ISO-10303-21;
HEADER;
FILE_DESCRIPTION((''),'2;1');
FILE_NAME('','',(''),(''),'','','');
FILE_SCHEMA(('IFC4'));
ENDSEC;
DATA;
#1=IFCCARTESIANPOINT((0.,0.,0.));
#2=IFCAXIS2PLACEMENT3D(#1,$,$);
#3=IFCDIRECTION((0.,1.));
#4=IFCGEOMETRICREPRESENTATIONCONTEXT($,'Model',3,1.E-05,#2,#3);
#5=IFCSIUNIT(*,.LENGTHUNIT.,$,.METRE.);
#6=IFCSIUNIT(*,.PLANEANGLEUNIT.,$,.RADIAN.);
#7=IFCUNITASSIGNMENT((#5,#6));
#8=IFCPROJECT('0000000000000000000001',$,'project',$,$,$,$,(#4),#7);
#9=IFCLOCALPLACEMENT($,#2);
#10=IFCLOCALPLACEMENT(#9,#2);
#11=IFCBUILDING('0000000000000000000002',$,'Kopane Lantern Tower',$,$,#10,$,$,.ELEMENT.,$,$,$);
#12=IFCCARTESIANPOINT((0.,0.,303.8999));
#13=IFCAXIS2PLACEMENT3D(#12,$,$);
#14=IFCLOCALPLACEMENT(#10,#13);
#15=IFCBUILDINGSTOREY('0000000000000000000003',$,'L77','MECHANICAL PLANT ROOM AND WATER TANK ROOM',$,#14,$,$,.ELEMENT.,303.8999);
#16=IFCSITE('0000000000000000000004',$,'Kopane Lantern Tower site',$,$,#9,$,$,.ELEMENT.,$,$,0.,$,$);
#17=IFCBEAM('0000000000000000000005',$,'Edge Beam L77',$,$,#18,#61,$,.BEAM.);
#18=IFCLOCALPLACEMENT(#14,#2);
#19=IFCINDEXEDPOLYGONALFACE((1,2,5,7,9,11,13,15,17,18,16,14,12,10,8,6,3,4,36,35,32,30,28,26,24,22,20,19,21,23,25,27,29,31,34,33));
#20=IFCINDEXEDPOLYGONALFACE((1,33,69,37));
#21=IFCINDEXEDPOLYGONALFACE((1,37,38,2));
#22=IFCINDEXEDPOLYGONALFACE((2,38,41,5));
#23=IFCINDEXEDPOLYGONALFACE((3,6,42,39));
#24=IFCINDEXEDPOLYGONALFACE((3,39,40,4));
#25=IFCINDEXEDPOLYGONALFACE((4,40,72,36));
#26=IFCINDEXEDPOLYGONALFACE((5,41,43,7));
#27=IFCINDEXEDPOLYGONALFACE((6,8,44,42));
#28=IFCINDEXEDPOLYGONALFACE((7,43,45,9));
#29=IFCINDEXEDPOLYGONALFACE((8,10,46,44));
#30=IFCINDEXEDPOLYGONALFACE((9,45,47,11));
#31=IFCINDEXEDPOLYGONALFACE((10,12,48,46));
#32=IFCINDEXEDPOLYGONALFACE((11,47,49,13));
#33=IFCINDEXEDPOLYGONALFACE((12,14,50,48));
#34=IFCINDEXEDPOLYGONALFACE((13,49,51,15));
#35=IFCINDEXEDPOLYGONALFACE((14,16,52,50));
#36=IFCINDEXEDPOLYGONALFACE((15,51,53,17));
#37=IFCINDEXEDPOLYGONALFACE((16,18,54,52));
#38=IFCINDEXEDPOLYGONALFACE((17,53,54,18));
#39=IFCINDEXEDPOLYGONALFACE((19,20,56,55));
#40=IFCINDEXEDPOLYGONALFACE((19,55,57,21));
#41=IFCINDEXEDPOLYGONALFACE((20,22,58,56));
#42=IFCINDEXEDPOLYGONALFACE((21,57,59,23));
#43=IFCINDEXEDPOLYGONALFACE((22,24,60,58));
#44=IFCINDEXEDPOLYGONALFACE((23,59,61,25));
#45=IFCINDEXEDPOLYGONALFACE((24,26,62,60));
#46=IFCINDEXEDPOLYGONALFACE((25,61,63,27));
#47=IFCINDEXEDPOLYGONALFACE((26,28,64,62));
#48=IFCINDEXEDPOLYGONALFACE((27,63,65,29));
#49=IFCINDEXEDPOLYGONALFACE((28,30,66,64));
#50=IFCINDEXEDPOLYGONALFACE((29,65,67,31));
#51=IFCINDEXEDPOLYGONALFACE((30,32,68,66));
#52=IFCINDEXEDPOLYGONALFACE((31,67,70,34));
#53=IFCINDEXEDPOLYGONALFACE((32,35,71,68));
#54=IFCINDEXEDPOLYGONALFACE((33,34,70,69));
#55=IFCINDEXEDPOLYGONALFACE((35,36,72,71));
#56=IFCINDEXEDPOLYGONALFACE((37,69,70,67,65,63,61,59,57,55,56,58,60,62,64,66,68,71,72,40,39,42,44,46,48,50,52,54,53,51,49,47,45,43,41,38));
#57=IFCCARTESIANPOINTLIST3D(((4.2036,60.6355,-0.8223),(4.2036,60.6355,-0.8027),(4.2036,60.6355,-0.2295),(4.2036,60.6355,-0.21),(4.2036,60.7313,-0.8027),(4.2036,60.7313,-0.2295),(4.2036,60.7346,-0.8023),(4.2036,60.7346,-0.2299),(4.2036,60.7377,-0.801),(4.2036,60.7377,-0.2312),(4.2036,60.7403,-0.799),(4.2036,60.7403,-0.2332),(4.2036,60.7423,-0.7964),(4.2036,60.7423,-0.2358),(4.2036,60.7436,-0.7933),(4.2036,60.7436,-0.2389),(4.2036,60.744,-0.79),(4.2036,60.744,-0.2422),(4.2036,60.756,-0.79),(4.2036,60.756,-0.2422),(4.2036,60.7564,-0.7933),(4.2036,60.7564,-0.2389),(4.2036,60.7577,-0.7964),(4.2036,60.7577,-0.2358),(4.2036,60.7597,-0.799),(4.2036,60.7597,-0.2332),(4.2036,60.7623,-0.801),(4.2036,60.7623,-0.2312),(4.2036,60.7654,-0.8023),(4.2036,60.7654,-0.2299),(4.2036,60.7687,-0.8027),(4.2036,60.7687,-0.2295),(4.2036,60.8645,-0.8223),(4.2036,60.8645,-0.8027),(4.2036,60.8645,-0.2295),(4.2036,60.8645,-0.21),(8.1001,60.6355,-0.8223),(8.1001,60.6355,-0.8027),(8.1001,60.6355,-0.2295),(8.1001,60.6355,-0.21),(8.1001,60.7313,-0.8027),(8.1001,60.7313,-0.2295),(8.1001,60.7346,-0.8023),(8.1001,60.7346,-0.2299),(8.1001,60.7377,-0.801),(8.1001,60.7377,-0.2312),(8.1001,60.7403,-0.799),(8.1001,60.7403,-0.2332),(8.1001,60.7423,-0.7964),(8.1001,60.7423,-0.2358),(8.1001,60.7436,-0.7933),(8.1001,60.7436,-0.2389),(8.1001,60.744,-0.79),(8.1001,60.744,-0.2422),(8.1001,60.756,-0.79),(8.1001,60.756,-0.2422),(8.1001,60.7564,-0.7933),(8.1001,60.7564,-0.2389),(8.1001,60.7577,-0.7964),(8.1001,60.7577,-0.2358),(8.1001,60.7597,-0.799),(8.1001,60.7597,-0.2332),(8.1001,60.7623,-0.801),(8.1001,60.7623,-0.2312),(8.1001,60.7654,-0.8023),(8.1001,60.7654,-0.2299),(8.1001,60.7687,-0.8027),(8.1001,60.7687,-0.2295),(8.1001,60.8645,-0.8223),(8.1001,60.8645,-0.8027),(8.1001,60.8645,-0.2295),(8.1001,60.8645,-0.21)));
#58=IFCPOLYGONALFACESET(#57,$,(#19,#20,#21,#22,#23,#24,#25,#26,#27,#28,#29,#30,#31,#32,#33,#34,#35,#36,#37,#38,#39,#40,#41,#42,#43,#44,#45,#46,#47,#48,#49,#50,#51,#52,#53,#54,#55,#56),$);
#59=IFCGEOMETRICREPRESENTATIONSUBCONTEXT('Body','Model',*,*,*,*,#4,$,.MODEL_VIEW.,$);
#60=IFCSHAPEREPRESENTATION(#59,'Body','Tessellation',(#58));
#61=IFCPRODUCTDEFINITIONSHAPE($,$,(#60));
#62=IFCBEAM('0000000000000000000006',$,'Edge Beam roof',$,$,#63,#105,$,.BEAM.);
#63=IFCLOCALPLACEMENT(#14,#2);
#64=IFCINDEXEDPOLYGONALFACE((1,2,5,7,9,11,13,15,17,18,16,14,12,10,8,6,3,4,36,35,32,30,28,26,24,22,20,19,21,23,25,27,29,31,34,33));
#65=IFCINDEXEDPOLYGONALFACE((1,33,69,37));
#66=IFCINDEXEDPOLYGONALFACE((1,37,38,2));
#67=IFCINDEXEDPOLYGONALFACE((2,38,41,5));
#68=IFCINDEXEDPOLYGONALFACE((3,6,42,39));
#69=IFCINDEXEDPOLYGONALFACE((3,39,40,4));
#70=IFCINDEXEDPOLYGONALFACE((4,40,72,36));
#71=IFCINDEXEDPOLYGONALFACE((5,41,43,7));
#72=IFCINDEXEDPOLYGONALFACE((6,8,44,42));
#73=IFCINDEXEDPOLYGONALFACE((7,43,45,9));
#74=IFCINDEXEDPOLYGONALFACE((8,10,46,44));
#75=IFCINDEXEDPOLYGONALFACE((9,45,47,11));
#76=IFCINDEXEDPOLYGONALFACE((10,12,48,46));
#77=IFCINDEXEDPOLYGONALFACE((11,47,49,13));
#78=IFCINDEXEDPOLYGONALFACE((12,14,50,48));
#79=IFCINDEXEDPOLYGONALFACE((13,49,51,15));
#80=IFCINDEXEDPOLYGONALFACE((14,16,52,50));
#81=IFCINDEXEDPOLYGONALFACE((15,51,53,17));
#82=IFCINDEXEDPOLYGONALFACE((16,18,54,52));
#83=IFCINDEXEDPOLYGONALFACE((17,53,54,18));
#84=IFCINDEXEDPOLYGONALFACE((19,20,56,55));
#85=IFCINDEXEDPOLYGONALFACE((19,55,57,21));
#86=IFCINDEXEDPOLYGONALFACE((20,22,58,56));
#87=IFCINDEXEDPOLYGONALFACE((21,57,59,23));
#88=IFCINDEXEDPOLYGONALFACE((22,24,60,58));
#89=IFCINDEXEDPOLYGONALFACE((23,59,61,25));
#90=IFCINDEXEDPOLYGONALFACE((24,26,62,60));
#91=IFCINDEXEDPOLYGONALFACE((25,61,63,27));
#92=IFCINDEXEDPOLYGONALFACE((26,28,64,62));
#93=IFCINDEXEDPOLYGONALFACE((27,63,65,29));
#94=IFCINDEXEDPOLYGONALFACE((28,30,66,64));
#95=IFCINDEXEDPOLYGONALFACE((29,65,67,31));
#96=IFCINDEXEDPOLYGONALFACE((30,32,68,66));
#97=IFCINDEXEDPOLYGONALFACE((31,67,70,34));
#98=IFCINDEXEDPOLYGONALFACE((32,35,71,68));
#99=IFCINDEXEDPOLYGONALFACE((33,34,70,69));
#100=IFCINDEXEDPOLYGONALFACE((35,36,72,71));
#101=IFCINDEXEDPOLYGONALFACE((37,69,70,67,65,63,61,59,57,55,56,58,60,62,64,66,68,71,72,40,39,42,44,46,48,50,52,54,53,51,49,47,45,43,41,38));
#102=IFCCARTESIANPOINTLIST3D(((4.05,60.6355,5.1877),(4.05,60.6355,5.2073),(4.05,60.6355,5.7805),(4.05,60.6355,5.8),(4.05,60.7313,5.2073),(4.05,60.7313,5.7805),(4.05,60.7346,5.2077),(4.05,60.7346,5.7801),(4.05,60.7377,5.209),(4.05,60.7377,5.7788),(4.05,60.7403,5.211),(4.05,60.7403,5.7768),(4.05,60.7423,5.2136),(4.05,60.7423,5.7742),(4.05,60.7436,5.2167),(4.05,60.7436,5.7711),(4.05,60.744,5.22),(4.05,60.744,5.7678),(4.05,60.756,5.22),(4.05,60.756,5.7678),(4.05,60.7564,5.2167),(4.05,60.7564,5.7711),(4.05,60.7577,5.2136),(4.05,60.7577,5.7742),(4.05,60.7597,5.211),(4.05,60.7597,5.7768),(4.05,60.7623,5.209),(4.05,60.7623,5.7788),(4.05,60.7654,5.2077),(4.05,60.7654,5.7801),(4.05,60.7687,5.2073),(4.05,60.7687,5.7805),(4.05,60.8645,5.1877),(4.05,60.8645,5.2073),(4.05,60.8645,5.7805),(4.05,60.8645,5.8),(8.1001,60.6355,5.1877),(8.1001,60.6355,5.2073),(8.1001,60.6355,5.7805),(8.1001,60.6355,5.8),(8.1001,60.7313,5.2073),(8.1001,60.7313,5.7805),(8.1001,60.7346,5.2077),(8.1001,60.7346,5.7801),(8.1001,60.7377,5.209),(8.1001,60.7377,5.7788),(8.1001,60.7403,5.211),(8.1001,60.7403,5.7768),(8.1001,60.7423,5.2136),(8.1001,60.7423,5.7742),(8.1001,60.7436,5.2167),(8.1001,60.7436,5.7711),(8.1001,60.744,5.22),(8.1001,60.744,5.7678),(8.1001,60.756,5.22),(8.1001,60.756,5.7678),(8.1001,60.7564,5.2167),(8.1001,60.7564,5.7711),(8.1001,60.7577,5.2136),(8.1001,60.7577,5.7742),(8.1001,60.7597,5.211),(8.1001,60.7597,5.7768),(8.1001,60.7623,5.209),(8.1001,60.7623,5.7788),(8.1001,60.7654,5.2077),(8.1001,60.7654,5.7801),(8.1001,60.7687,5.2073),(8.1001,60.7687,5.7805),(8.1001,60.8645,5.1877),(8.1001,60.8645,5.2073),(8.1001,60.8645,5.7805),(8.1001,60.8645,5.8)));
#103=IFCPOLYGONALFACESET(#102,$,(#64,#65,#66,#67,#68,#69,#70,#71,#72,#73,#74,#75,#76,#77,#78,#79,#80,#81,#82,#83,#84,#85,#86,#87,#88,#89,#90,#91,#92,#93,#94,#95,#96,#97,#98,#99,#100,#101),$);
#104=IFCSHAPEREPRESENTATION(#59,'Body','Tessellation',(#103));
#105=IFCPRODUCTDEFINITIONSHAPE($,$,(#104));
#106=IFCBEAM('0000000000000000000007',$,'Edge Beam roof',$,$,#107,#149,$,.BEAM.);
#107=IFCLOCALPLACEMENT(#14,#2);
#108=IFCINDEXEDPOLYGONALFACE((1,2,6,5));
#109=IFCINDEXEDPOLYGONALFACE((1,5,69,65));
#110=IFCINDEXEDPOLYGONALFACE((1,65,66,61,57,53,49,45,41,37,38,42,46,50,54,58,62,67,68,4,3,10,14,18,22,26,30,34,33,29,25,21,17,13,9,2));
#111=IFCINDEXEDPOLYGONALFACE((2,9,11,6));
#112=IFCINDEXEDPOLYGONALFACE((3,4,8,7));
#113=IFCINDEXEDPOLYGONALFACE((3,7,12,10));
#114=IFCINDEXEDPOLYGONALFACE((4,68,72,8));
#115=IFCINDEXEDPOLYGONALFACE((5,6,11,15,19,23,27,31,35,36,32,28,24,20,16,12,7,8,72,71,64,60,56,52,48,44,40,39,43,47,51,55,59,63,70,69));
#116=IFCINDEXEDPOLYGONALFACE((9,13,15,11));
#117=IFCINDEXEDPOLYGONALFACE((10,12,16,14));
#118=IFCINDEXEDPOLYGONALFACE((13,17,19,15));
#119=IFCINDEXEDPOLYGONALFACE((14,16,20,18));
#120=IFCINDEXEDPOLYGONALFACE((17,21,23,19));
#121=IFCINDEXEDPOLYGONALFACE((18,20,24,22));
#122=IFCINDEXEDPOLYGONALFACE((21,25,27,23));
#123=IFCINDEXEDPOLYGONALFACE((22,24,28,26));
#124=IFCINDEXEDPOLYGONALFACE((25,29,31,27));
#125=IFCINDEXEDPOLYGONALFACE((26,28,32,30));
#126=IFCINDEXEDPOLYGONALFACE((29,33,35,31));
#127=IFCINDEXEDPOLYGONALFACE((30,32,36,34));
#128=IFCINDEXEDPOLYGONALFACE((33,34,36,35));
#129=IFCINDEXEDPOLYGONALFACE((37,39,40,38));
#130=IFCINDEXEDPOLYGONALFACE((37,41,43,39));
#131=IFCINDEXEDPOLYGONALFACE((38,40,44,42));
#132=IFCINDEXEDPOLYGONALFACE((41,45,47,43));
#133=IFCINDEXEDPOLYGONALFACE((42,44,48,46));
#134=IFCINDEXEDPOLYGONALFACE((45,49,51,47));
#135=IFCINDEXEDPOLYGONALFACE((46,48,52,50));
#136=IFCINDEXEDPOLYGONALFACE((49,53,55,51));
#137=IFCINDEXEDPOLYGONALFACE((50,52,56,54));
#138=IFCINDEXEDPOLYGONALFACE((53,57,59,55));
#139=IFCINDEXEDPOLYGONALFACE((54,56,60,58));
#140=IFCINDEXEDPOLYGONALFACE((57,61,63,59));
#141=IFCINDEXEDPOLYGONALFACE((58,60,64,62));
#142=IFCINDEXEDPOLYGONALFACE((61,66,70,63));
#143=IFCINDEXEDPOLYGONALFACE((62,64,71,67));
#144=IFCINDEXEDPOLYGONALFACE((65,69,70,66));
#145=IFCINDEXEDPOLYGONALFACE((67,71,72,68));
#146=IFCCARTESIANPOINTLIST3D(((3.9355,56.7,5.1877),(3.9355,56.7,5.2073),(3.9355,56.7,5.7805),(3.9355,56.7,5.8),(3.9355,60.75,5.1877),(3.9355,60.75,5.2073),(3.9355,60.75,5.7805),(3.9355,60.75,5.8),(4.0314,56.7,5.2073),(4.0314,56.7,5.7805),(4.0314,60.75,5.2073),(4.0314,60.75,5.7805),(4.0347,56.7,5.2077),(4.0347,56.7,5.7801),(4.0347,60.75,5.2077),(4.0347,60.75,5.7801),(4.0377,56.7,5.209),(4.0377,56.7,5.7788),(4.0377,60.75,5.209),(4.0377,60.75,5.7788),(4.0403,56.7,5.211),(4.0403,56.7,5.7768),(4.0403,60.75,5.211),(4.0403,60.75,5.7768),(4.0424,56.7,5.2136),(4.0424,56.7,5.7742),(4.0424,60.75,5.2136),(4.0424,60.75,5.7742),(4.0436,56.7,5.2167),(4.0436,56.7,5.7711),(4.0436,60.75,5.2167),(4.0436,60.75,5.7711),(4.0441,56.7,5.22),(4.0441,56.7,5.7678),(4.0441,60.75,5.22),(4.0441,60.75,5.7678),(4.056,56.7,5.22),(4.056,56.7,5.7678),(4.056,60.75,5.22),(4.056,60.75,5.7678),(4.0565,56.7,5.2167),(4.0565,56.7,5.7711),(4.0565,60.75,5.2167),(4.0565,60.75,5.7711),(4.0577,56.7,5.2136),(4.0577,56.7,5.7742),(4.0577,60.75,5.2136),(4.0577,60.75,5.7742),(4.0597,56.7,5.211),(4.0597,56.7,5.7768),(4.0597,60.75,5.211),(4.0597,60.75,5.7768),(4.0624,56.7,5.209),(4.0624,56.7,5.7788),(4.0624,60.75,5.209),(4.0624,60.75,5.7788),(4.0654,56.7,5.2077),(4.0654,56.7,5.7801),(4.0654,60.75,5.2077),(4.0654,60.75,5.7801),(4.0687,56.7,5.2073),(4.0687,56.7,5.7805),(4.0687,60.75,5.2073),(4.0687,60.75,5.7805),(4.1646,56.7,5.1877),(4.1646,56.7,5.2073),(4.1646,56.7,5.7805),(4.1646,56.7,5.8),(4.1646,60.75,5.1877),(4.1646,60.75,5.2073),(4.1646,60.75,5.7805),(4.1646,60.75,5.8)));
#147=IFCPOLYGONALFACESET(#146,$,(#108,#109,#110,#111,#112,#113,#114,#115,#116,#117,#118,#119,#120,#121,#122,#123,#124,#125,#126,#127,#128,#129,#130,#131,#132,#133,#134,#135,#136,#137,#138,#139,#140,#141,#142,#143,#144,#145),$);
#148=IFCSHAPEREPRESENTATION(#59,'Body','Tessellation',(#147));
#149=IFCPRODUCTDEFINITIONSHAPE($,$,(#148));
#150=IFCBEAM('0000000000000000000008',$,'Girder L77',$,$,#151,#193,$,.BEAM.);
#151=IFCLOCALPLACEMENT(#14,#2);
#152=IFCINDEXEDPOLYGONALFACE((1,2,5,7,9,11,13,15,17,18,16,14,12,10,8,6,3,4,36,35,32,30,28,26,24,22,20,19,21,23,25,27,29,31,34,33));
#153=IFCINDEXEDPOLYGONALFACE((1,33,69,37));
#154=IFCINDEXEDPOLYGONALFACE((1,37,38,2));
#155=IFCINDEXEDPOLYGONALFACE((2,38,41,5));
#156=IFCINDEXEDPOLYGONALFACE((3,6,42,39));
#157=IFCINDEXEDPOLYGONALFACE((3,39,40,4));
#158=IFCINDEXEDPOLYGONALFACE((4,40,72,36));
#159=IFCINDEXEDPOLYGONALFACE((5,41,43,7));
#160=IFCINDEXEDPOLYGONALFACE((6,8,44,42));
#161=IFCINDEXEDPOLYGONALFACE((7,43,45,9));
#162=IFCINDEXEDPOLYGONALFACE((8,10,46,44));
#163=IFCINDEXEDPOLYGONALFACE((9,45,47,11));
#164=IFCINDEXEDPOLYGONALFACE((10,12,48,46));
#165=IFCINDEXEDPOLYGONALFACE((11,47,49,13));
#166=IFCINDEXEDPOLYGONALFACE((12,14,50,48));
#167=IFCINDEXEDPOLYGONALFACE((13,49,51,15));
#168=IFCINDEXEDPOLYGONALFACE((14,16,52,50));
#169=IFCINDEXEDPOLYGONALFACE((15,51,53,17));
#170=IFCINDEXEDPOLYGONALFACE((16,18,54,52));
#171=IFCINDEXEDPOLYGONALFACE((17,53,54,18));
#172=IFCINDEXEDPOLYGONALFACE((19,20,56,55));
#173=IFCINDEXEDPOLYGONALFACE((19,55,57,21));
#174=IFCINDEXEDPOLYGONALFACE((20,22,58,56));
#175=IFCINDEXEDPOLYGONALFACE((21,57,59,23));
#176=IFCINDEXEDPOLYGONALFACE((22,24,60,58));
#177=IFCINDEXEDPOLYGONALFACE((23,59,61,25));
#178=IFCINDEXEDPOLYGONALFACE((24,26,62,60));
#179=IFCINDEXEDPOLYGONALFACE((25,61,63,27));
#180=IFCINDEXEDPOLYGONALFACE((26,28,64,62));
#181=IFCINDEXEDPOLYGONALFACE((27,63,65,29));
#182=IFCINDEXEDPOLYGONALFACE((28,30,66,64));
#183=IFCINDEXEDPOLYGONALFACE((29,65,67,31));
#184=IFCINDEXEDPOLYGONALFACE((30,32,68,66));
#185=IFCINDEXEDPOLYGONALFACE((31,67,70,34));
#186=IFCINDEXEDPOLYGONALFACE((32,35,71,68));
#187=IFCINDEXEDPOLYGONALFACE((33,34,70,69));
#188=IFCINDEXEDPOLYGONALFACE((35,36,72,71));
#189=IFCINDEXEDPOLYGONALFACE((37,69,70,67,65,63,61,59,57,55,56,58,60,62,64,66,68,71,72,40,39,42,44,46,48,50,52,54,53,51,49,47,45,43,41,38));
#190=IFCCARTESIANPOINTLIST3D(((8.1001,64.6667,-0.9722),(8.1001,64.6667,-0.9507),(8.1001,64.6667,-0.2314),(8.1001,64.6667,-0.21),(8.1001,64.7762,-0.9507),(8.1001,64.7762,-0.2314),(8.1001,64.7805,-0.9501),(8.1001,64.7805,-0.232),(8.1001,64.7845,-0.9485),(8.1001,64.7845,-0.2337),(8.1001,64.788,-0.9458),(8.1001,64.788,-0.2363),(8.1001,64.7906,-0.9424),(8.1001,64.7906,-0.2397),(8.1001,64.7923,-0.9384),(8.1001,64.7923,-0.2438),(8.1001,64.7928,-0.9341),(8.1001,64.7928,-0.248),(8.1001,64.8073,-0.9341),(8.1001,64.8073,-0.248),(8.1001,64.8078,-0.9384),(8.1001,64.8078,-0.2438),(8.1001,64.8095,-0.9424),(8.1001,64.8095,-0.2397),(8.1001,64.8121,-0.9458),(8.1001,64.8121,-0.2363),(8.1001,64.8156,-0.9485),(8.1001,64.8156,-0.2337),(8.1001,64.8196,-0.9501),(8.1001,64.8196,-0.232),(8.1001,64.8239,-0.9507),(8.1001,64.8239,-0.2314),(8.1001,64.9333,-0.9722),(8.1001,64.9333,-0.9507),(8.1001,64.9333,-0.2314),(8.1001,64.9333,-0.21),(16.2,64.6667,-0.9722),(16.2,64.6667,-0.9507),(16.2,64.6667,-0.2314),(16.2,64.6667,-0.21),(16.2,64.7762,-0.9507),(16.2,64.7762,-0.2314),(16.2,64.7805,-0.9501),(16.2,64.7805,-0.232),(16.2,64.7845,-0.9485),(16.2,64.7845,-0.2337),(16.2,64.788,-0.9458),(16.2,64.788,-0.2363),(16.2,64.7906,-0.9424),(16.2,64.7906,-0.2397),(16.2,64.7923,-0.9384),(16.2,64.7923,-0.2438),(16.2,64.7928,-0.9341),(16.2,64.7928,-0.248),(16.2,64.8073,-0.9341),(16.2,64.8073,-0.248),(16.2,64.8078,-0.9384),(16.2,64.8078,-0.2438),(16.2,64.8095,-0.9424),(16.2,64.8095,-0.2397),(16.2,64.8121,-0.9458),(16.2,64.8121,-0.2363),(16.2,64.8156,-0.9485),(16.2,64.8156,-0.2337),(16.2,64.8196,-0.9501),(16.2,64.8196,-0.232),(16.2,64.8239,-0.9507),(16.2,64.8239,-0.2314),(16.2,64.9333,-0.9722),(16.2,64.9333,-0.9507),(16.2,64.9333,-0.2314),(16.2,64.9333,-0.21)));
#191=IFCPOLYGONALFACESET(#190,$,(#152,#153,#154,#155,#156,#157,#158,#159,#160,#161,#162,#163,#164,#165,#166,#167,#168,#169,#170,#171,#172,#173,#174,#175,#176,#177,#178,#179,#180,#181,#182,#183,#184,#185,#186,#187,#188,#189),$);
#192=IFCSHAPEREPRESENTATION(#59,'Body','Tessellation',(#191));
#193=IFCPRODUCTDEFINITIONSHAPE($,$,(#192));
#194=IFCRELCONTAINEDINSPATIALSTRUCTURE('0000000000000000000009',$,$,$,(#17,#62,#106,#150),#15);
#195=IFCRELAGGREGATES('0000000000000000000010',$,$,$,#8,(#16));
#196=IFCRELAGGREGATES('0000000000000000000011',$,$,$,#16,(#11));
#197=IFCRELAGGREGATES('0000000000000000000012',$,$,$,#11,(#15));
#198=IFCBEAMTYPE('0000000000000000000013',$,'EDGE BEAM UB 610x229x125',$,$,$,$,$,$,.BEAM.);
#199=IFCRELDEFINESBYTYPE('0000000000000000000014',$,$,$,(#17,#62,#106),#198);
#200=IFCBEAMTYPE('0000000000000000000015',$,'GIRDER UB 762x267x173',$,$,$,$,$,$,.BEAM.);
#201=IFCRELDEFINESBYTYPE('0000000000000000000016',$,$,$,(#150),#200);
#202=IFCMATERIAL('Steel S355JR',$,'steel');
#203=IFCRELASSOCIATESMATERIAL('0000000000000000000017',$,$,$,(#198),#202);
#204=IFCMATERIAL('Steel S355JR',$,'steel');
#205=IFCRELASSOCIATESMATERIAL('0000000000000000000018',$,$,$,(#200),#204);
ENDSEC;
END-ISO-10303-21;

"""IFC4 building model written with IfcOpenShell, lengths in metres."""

from ifc_helpers import new_model, si_unit, direction, frame, origin, origin_2d, place, context, subcontext, project, spatial, i_section, extrude, material, material_profile, profile_set, type_object, element, save


model = new_model("IFC4")

# Units and contexts
model_context = context("Model", 3, precision=1e-05, world=origin(), true_north=direction((0.0, 1.0)))
body_context = subcontext(model_context, "Body", "Model", "MODEL_VIEW")
ifc_project = project(units=[si_unit("LENGTHUNIT", "METRE"), si_unit("PLANEANGLEUNIT", "RADIAN")], contexts=[model_context])

# Site, building, storey
site_placement = place(None, origin())
site = spatial("IfcSite", under=ifc_project, at=site_placement, Name="Kopane Lantern Tower site", CompositionType="ELEMENT", RefElevation=0.0)
building_placement = place(site_placement, origin())
building = spatial("IfcBuilding", under=site, at=building_placement, Name="Kopane Lantern Tower", CompositionType="ELEMENT")
storey_placement = place(building_placement, frame((0.0, 0.0, 303.8999)))
storey = spatial("IfcBuildingStorey", under=building, at=storey_placement, Name="L77", Description="MECHANICAL PLANT ROOM AND WATER TANK ROOM", CompositionType="ELEMENT", Elevation=303.8999)

# Beams
ifc_material_1 = material(Name="Steel S355JR", Category="steel")
ifc_material_profile_1 = material_profile(ifc_material_1, i_section(OverallWidth=0.229, OverallDepth=0.6123, WebThickness=0.012, FlangeThickness=0.0195, FilletRadius=0.0127, at=origin_2d()), Name="UB 610x229x125")
ifc_profile_set_1 = profile_set([ifc_material_profile_1], Name="Steel S355JR")
beam_type_1 = type_object("IfcBeamType", Name="EDGE BEAM UB 610x229x125", PredefinedType="BEAM", material=ifc_profile_set_1)
beam_1_placement = place(storey_placement, frame((4.2036, 60.75, -0.5161), z_axis=(1.0, 0.0, 0.0), x_axis=(0.0, 1.0, 0.0)))
element("IfcBeam", 1, at=beam_1_placement, inside=storey, type_object=beam_type_1, Name="Edge Beam L77", PredefinedType="BEAM", context=body_context, shape_type="SweptSolid", body=[
    extrude(i_section(OverallWidth=0.229, OverallDepth=0.6123, WebThickness=0.012, FlangeThickness=0.0195, FilletRadius=0.0127, at=origin_2d()), origin(), (0.0, 0.0, 1.0), 3.8965),
])
for number, where, z_axis, x_axis, name in (
    (2, (4.05, 60.75, 5.4939), (1.0, 0.0, 0.0), (0.0, 1.0, 0.0), "Edge Beam roof"),
    (3, (4.05, 60.75, 5.4939), (0.0, -1.0, 0.0), (1.0, 0.0, 0.0), "Edge Beam roof"),
):
    element("IfcBeam", number, at=place(storey_placement, frame(where, z_axis=z_axis, x_axis=x_axis)), inside=storey, type_object=beam_type_1, Name=name, PredefinedType="BEAM", context=body_context, shape_type="SweptSolid", body=[
        extrude(i_section(OverallWidth=0.229, OverallDepth=0.6123, WebThickness=0.012, FlangeThickness=0.0195, FilletRadius=0.0127, at=origin_2d()), origin(), (0.0, 0.0, 1.0), 4.05),
    ])
ifc_material_2 = material(Name="Steel S355JR", Category="steel")
ifc_material_profile_2 = material_profile(ifc_material_2, i_section(OverallWidth=0.2666, OverallDepth=0.7622, WebThickness=0.0144, FlangeThickness=0.0215, FilletRadius=0.0166, at=origin_2d()), Name="UB 762x267x173")
ifc_profile_set_2 = profile_set([ifc_material_profile_2], Name="Steel S355JR")
beam_type_2 = type_object("IfcBeamType", Name="GIRDER UB 762x267x173", PredefinedType="BEAM", material=ifc_profile_set_2)
beam_2_placement = place(storey_placement, frame((8.1001, 64.8, -0.5911), z_axis=(1.0, 0.0, 0.0), x_axis=(0.0, 1.0, 0.0)))
element("IfcBeam", 4, at=beam_2_placement, inside=storey, type_object=beam_type_2, Name="Girder L77", PredefinedType="BEAM", context=body_context, shape_type="SweptSolid", body=[
    extrude(i_section(OverallWidth=0.2666, OverallDepth=0.7622, WebThickness=0.0144, FlangeThickness=0.0215, FilletRadius=0.0166, at=origin_2d()), origin(), (0.0, 0.0, 1.0), 8.0999),
])

save(model, "model.ifc")
